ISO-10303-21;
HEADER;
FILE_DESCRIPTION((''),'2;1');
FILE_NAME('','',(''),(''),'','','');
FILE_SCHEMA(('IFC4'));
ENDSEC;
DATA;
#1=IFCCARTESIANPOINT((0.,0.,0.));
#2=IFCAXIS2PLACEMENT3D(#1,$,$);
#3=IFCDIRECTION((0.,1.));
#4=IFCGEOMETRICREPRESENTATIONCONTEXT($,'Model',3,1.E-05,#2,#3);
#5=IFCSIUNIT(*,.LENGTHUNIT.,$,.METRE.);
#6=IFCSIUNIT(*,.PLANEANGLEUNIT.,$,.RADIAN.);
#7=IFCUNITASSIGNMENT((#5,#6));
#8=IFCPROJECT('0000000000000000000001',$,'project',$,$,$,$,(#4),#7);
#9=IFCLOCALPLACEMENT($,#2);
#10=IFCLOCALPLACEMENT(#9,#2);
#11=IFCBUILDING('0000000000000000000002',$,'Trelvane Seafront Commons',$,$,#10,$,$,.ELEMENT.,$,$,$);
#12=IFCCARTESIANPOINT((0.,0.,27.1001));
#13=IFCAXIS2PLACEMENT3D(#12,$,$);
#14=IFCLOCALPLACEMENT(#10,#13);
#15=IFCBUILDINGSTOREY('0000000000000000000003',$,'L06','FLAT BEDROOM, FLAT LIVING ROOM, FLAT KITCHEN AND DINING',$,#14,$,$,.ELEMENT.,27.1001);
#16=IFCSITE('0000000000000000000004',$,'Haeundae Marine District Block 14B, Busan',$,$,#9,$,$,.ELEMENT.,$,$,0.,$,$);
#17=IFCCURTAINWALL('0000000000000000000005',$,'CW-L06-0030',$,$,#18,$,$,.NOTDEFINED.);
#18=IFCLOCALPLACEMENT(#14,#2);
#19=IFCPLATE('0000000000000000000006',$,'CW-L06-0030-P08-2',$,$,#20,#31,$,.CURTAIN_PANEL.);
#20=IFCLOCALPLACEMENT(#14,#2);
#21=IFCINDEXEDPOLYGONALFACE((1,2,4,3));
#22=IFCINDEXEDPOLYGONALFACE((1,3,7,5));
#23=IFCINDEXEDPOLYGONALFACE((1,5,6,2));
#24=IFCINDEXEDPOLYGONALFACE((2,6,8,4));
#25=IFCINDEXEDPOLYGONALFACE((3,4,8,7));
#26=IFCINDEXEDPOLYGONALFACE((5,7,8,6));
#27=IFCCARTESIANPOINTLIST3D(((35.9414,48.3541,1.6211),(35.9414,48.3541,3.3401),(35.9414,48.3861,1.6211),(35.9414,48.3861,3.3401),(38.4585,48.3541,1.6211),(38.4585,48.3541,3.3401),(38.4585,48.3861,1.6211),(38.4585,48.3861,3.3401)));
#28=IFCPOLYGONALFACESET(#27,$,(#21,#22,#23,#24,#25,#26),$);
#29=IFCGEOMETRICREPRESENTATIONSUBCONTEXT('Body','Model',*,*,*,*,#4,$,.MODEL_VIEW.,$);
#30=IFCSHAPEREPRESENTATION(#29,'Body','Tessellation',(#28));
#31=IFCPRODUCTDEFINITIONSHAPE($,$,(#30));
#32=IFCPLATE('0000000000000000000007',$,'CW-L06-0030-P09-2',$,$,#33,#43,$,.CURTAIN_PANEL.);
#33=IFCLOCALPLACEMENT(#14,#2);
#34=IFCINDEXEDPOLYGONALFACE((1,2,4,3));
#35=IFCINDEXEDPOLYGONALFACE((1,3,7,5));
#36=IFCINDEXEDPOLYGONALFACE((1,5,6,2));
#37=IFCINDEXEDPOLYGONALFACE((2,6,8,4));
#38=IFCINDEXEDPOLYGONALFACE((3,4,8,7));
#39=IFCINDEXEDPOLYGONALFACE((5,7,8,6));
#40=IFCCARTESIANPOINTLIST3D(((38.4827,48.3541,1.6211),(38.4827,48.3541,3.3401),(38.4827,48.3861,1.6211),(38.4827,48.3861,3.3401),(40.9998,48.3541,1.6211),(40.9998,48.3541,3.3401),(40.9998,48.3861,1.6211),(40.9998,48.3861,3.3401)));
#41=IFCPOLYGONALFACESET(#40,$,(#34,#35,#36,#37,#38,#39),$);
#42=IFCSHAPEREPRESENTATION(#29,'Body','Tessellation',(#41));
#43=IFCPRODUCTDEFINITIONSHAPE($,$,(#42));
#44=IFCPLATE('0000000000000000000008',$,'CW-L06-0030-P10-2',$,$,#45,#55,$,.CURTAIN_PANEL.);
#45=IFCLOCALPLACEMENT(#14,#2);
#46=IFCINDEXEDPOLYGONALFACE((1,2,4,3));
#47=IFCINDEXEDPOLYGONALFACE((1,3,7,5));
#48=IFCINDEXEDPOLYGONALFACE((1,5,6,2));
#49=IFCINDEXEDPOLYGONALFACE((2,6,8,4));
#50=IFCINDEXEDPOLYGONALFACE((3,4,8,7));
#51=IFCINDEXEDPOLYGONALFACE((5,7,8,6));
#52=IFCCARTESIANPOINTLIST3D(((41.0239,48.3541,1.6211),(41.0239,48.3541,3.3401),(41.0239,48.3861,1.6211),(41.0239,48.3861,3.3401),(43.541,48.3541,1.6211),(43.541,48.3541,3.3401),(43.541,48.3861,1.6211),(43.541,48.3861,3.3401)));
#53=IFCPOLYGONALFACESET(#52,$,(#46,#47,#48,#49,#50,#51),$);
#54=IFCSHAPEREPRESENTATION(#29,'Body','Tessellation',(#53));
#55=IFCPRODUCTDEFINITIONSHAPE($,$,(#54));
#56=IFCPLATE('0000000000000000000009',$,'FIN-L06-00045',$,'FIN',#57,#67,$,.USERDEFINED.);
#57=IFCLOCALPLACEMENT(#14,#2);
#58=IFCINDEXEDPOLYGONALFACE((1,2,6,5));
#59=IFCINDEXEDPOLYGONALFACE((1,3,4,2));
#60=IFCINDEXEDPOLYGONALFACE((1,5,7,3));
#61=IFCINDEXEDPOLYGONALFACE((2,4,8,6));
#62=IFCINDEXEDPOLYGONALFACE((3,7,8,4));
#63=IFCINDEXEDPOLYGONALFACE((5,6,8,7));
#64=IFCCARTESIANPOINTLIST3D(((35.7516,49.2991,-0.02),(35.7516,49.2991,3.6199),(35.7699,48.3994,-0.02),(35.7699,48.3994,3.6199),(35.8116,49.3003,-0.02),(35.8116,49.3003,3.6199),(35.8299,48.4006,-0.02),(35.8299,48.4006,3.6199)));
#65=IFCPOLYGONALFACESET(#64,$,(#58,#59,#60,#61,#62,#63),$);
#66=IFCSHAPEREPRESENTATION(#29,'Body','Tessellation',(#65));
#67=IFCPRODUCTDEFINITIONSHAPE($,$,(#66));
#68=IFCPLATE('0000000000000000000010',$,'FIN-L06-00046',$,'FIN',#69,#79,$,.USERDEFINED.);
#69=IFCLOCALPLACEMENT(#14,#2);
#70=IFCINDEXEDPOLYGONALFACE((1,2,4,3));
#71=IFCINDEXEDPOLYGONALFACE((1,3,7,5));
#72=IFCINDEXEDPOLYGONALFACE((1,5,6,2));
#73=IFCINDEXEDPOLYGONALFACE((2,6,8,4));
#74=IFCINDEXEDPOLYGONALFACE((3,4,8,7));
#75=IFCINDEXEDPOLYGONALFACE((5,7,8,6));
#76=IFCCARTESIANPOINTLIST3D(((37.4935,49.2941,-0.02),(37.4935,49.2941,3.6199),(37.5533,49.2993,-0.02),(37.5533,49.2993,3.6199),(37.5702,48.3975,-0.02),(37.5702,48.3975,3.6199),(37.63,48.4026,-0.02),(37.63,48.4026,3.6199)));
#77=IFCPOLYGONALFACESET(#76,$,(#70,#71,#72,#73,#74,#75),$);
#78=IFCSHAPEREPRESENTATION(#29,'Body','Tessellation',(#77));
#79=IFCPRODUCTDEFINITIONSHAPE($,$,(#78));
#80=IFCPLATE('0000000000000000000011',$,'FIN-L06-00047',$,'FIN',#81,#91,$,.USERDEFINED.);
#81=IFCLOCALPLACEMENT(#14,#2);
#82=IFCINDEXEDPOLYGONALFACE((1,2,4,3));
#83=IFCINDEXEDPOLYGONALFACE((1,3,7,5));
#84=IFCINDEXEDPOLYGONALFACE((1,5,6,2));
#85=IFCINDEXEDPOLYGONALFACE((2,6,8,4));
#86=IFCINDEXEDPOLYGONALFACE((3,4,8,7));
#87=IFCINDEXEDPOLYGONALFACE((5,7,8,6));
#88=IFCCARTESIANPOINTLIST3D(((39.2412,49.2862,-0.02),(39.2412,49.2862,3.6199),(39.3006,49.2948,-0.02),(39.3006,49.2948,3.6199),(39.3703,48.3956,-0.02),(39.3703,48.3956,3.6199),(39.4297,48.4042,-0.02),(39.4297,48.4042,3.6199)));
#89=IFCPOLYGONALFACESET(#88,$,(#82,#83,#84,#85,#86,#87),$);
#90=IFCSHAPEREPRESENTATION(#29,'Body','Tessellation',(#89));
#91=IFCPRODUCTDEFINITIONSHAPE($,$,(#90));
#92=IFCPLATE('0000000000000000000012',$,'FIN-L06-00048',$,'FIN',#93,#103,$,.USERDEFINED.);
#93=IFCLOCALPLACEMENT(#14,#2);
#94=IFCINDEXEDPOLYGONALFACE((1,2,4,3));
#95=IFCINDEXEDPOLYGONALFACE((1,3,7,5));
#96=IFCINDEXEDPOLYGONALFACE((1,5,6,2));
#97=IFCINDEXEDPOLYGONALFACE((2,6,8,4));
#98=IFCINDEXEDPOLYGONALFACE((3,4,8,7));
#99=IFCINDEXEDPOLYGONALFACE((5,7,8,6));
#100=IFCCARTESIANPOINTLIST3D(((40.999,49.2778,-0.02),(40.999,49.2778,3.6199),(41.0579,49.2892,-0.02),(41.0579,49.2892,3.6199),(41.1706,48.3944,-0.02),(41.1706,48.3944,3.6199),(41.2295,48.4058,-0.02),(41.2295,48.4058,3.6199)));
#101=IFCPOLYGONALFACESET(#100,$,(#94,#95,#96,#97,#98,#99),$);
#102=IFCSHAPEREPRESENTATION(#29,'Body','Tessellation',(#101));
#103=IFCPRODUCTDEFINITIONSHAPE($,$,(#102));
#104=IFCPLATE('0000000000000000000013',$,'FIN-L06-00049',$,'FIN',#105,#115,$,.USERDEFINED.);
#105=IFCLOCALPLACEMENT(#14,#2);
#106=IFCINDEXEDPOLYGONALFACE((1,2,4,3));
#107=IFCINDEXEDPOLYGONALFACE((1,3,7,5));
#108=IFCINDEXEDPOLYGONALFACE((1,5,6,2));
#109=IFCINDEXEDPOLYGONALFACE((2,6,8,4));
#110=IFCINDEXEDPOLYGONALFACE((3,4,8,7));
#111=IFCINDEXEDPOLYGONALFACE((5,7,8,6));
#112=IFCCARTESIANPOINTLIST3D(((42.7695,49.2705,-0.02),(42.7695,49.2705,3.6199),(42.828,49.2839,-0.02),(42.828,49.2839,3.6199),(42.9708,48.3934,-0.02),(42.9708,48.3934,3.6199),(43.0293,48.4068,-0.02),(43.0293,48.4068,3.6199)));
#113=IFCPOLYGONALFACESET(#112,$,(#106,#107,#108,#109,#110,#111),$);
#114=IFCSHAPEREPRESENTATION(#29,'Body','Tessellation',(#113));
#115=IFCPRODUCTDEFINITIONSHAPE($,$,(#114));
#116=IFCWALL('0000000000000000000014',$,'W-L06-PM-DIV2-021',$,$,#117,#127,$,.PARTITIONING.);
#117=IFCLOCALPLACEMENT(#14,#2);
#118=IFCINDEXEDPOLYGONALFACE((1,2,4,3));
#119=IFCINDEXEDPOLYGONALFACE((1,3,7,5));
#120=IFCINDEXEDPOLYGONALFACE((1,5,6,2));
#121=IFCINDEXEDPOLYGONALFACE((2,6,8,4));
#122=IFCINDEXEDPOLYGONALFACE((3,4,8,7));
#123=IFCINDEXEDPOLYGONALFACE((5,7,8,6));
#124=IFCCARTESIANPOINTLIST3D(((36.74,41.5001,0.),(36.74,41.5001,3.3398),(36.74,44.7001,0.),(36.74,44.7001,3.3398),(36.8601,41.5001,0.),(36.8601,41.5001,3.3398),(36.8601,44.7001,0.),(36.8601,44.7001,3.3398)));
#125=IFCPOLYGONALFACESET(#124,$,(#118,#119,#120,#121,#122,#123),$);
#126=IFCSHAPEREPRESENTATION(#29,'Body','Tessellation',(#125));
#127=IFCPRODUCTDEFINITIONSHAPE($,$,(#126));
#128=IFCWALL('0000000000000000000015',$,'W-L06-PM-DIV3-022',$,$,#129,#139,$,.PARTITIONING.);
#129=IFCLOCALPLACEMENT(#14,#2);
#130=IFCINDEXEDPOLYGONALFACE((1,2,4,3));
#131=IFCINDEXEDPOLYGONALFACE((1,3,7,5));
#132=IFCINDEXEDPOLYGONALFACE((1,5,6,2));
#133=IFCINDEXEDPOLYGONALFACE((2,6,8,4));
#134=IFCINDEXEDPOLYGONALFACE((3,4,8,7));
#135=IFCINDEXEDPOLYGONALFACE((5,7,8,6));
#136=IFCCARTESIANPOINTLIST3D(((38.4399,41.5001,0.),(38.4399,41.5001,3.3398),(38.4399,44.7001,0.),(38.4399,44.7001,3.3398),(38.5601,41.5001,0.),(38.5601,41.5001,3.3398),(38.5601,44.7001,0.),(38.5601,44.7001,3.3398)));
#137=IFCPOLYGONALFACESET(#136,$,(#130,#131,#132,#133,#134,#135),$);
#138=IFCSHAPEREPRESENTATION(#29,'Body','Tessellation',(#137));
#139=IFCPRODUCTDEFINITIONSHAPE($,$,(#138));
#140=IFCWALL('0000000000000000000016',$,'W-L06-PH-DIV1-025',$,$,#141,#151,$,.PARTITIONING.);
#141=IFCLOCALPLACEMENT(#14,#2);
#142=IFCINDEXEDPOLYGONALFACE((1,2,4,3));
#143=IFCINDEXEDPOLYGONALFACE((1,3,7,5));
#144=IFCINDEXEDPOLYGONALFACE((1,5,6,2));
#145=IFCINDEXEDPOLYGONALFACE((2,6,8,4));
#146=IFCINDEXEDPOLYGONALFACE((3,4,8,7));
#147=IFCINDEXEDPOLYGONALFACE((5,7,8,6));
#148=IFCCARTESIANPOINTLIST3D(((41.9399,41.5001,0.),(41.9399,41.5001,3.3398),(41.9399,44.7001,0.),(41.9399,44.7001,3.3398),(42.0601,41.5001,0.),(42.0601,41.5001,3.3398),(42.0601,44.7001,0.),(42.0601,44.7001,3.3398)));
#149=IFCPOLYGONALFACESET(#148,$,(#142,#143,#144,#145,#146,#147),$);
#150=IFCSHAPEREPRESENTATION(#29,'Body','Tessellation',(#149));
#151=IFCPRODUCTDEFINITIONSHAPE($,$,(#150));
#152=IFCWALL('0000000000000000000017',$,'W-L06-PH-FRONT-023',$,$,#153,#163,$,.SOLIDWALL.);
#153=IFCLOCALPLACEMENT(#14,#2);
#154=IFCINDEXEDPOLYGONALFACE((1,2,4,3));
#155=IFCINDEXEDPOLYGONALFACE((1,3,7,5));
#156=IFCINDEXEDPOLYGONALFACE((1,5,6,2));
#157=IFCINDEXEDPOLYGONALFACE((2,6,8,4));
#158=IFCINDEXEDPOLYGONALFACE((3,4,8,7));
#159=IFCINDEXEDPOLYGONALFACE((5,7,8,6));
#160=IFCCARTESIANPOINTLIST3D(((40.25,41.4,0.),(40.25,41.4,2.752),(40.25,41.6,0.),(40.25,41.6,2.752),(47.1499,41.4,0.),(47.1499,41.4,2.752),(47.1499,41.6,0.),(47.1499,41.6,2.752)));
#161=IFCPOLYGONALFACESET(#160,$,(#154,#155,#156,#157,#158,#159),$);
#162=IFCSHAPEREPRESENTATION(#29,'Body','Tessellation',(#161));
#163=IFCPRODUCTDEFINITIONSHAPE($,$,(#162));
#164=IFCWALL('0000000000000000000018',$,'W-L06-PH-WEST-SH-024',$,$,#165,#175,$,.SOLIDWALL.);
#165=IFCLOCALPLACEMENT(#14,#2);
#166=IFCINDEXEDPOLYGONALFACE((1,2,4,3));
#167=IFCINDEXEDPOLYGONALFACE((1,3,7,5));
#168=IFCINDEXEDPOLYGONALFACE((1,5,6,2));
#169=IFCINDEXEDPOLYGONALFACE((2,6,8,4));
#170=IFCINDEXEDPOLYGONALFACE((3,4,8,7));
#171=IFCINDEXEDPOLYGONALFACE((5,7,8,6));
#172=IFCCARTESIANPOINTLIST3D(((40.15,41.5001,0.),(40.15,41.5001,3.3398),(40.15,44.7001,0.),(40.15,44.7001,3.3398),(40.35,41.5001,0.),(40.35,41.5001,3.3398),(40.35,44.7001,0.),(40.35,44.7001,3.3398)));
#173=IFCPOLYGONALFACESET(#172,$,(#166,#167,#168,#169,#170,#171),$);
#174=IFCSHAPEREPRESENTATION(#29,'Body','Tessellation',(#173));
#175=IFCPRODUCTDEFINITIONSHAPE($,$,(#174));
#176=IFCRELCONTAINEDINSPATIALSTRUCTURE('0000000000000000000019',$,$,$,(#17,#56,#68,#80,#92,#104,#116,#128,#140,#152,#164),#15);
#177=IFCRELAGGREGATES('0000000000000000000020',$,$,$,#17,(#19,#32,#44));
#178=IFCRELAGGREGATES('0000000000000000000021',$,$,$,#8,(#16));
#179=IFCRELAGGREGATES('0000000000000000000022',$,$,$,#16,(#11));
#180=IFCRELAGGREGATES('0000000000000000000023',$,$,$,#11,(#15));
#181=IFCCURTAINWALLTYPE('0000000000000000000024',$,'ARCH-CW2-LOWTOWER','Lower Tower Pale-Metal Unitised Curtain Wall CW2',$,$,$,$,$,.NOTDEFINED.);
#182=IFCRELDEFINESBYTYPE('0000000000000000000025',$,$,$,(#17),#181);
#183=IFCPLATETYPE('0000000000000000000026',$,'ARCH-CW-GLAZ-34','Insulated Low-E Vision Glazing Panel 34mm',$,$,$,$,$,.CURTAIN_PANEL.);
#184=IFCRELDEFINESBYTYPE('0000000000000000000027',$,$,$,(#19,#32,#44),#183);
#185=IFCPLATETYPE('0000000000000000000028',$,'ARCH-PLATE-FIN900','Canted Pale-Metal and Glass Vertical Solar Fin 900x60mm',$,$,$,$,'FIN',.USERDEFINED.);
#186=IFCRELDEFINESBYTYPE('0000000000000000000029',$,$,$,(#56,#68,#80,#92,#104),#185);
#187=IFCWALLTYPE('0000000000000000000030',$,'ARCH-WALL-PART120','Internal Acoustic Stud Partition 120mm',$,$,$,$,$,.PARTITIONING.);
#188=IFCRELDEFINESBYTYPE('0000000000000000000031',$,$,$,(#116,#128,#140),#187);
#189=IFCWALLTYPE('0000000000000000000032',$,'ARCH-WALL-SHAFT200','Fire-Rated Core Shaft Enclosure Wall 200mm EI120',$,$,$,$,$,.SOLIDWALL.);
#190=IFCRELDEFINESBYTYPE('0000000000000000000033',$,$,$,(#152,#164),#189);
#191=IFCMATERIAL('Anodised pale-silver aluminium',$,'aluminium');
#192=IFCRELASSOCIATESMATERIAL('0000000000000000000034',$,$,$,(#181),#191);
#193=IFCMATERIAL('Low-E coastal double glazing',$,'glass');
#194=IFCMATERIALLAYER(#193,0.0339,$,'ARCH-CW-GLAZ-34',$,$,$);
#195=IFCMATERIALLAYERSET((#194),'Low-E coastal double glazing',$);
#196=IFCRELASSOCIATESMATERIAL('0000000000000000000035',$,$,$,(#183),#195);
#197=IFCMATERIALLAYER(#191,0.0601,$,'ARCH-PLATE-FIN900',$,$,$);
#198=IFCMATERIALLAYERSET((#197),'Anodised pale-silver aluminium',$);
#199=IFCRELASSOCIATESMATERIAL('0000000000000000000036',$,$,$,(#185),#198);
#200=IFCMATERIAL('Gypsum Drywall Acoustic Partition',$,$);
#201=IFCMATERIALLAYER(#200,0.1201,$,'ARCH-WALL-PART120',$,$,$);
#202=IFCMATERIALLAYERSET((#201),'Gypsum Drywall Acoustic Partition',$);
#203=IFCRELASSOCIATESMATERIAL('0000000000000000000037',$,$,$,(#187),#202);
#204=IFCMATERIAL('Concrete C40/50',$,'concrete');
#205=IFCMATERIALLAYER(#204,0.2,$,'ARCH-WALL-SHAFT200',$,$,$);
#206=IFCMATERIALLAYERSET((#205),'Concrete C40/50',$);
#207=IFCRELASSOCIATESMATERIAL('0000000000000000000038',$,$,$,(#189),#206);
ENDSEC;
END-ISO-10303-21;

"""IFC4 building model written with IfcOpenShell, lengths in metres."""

from ifc_helpers import new_model, si_unit, direction, frame, frame_2d, origin, origin_2d, place, context, subcontext, project, spatial, rectangle, extrude, source, transform, mapped, material, layer, layer_set, type_object, element, aggregate, save


model = new_model("IFC4")

# Units and contexts
model_context = context("Model", 3, precision=1e-05, world=origin(), true_north=direction((0.0, 1.0)))
body_context = subcontext(model_context, "Body", "Model", "MODEL_VIEW")
ifc_project = project(units=[si_unit("LENGTHUNIT", "METRE"), si_unit("PLANEANGLEUNIT", "RADIAN")], contexts=[model_context])

# Site, building, storey
site_placement = place(None, origin())
site = spatial("IfcSite", under=ifc_project, at=site_placement, Name="Haeundae Marine District Block 14B, Busan", CompositionType="ELEMENT", RefElevation=0.0)
building_placement = place(site_placement, origin())
building = spatial("IfcBuilding", under=site, at=building_placement, Name="Trelvane Seafront Commons", CompositionType="ELEMENT")
storey_placement = place(building_placement, frame((0.0, 0.0, 27.1001)))
storey = spatial("IfcBuildingStorey", under=building, at=storey_placement, Name="L06", Description="FLAT BEDROOM, FLAT LIVING ROOM, FLAT KITCHEN AND DINING", CompositionType="ELEMENT", Elevation=27.1001)

# Curtain wall, plates
ifc_material_1 = material(Name="Anodised pale-silver aluminium", Category="aluminium")
curtain_wall_type = type_object("IfcCurtainWallType", Name="ARCH-CW2-LOWTOWER", Description="Lower Tower Pale-Metal Unitised Curtain Wall CW2", PredefinedType="NOTDEFINED", material=ifc_material_1)
curtain_wall_placement = place(storey_placement, origin())
curtain_wall = element("IfcCurtainWall", 1, at=curtain_wall_placement, inside=storey, type_object=curtain_wall_type, Name="CW-L06-0030", PredefinedType="NOTDEFINED")
ifc_material_2 = material(Name="Low-E coastal double glazing", Category="glass")
ifc_layer_1 = layer(ifc_material_2, 0.0339, Name="ARCH-CW-GLAZ-34")
ifc_layer_set_1 = layer_set([ifc_layer_1], Name="Low-E coastal double glazing")
plate_type_1 = type_object("IfcPlateType", Name="ARCH-CW-GLAZ-34", Description="Insulated Low-E Vision Glazing Panel 34mm", PredefinedType="CURTAIN_PANEL", material=ifc_layer_set_1)
shared_shape_1 = source(origin(), body_context, "Body", "SweptSolid", [
    extrude(rectangle(XDim=2.5171, YDim=0.032, at=origin_2d()), origin(), (0.0, 0.0, 1.0), 1.719),
])
plate_1_placement = place(storey_placement, frame((37.2, 48.3701, 1.6211), z_axis=(0.0, 0.0, 1.0), x_axis=(1.0, 0.0, 0.0)))
plate_1 = element("IfcPlate", 2, at=plate_1_placement, type_object=plate_type_1, Name="CW-L06-0030-P08-2", PredefinedType="CURTAIN_PANEL", context=body_context, shape_type="MappedRepresentation", body=[
    mapped(shared_shape_1, transform((0.0, 0.0, 0.0), x_axis=(1.0, 0.0, 0.0), y_axis=(0.0, 1.0, 0.0), z_axis=(0.0, 0.0, 1.0), scale=1.0)),
])
plate_2_placement = place(storey_placement, frame((39.7412, 48.3701, 1.6211), z_axis=(0.0, 0.0, 1.0), x_axis=(1.0, 0.0, 0.0)))
plate_2 = element("IfcPlate", 3, at=plate_2_placement, type_object=plate_type_1, Name="CW-L06-0030-P09-2", PredefinedType="CURTAIN_PANEL", context=body_context, shape_type="MappedRepresentation", body=[
    mapped(shared_shape_1, transform((0.0, 0.0, 0.0), x_axis=(1.0, 0.0, 0.0), y_axis=(0.0, 1.0, 0.0), z_axis=(0.0, 0.0, 1.0), scale=1.0)),
])
plate_3_placement = place(storey_placement, frame((42.2825, 48.3701, 1.6211), z_axis=(0.0, 0.0, 1.0), x_axis=(1.0, 0.0, 0.0)))
plate_3 = element("IfcPlate", 4, at=plate_3_placement, type_object=plate_type_1, Name="CW-L06-0030-P10-2", PredefinedType="CURTAIN_PANEL", context=body_context, shape_type="MappedRepresentation", body=[
    mapped(shared_shape_1, transform((0.0, 0.0, 0.0), x_axis=(1.0, 0.0, 0.0), y_axis=(0.0, 1.0, 0.0), z_axis=(0.0, 0.0, 1.0), scale=1.0)),
])
aggregate(curtain_wall, [plate_1, plate_2, plate_3])

# Plates
ifc_layer_2 = layer(ifc_material_1, 0.0601, Name="ARCH-PLATE-FIN900")
ifc_layer_set_2 = layer_set([ifc_layer_2], Name="Anodised pale-silver aluminium")
plate_type_2 = type_object("IfcPlateType", Name="ARCH-PLATE-FIN900", Description="Canted Pale-Metal and Glass Vertical Solar Fin 900x60mm", ElementType="FIN", PredefinedType="USERDEFINED", material=ifc_layer_set_2)
shared_shape_2 = source(origin(), body_context, "Body", "SweptSolid", [
    extrude(rectangle(XDim=0.8999, YDim=0.0601, at=origin_2d()), origin(), (0.0, 0.0, 1.0), 3.6399),
])
for number, where, z_axis, x_axis, name in (
    (5, (35.7908, 48.8499, -0.02), (0.0, 0.0, 1.0), (-0.020333, 0.999793, 0.0), "FIN-L06-00045"),
    (6, (37.5618, 48.8484, -0.02), (0.0, 0.0, 1.0), (-0.085224, 0.996362, 0.0), "FIN-L06-00046"),
    (7, (39.3354, 48.8452, -0.02), (0.0, 0.0, 1.0), (-0.143443, 0.989659, 0.0), "FIN-L06-00047"),
    (8, (41.1143, 48.8418, -0.02), (0.0, 0.0, 1.0), (-0.190665, 0.981655, 0.0), "FIN-L06-00048"),
    (9, (42.8994, 48.8386, -0.02), (0.0, 0.0, 1.0), (-0.223667, 0.974666, 0.0), "FIN-L06-00049"),
):
    element("IfcPlate", number, at=place(storey_placement, frame(where, z_axis=z_axis, x_axis=x_axis)), inside=storey, type_object=plate_type_2, Name=name, ObjectType="FIN", PredefinedType="USERDEFINED", context=body_context, shape_type="MappedRepresentation", body=[
        mapped(shared_shape_2, transform((0.0, 0.0, 0.0), x_axis=(1.0, 0.0, 0.0), y_axis=(0.0, 1.0, 0.0), z_axis=(0.0, 0.0, 1.0), scale=1.0)),
    ])

# Walls
ifc_material_3 = material(Name="Gypsum Drywall Acoustic Partition")
ifc_layer_3 = layer(ifc_material_3, 0.1201, Name="ARCH-WALL-PART120")
ifc_layer_set_3 = layer_set([ifc_layer_3], Name="Gypsum Drywall Acoustic Partition")
wall_type_1 = type_object("IfcWallType", Name="ARCH-WALL-PART120", Description="Internal Acoustic Stud Partition 120mm", PredefinedType="PARTITIONING", material=ifc_layer_set_3)
for number, where, z_axis, x_axis, name in (
    (10, (36.8, 41.5, 0.0), (0.0, 0.0, 1.0), (0.0, 1.0, 0.0), "W-L06-PM-DIV2-021"),
    (11, (38.5, 41.5, 0.0), (0.0, 0.0, 1.0), (0.0, 1.0, 0.0), "W-L06-PM-DIV3-022"),
    (12, (42.0, 41.5, 0.0), (0.0, 0.0, 1.0), (0.0, 1.0, 0.0), "W-L06-PH-DIV1-025"),
):
    element("IfcWall", number, at=place(storey_placement, frame(where, z_axis=z_axis, x_axis=x_axis)), inside=storey, type_object=wall_type_1, Name=name, PredefinedType="PARTITIONING", context=body_context, shape_type="SweptSolid", body=[
        extrude(rectangle(XDim=3.2, YDim=0.1201, at=frame_2d((1.6001, 0.0))), origin(), (0.0, 0.0, 1.0), 3.3398),
    ])

# Walls
ifc_material_4 = material(Name="Concrete C40/50", Category="concrete")
ifc_layer_4 = layer(ifc_material_4, 0.2, Name="ARCH-WALL-SHAFT200")
ifc_layer_set_4 = layer_set([ifc_layer_4], Name="Concrete C40/50")
wall_type_2 = type_object("IfcWallType", Name="ARCH-WALL-SHAFT200", Description="Fire-Rated Core Shaft Enclosure Wall 200mm EI120", PredefinedType="SOLIDWALL", material=ifc_layer_set_4)
wall_1_placement = place(storey_placement, frame((40.25, 41.5, 0.0), z_axis=(0.0, 0.0, 1.0), x_axis=(1.0, 0.0, 0.0)))
element("IfcWall", 13, at=wall_1_placement, inside=storey, type_object=wall_type_2, Name="W-L06-PH-FRONT-023", PredefinedType="SOLIDWALL", context=body_context, shape_type="SweptSolid", body=[
    extrude(rectangle(XDim=6.8999, YDim=0.2, at=frame_2d((3.45, 0.0))), origin(), (0.0, 0.0, 1.0), 2.752),
])
wall_2_placement = place(storey_placement, frame((40.25, 41.5, 0.0), z_axis=(0.0, 0.0, 1.0), x_axis=(0.0, 1.0, 0.0)))
element("IfcWall", 14, at=wall_2_placement, inside=storey, type_object=wall_type_2, Name="W-L06-PH-WEST-SH-024", PredefinedType="SOLIDWALL", context=body_context, shape_type="SweptSolid", body=[
    extrude(rectangle(XDim=3.2, YDim=0.2, at=frame_2d((1.6001, 0.0))), origin(), (0.0, 0.0, 1.0), 3.3398),
])

save(model, "model.ifc")
